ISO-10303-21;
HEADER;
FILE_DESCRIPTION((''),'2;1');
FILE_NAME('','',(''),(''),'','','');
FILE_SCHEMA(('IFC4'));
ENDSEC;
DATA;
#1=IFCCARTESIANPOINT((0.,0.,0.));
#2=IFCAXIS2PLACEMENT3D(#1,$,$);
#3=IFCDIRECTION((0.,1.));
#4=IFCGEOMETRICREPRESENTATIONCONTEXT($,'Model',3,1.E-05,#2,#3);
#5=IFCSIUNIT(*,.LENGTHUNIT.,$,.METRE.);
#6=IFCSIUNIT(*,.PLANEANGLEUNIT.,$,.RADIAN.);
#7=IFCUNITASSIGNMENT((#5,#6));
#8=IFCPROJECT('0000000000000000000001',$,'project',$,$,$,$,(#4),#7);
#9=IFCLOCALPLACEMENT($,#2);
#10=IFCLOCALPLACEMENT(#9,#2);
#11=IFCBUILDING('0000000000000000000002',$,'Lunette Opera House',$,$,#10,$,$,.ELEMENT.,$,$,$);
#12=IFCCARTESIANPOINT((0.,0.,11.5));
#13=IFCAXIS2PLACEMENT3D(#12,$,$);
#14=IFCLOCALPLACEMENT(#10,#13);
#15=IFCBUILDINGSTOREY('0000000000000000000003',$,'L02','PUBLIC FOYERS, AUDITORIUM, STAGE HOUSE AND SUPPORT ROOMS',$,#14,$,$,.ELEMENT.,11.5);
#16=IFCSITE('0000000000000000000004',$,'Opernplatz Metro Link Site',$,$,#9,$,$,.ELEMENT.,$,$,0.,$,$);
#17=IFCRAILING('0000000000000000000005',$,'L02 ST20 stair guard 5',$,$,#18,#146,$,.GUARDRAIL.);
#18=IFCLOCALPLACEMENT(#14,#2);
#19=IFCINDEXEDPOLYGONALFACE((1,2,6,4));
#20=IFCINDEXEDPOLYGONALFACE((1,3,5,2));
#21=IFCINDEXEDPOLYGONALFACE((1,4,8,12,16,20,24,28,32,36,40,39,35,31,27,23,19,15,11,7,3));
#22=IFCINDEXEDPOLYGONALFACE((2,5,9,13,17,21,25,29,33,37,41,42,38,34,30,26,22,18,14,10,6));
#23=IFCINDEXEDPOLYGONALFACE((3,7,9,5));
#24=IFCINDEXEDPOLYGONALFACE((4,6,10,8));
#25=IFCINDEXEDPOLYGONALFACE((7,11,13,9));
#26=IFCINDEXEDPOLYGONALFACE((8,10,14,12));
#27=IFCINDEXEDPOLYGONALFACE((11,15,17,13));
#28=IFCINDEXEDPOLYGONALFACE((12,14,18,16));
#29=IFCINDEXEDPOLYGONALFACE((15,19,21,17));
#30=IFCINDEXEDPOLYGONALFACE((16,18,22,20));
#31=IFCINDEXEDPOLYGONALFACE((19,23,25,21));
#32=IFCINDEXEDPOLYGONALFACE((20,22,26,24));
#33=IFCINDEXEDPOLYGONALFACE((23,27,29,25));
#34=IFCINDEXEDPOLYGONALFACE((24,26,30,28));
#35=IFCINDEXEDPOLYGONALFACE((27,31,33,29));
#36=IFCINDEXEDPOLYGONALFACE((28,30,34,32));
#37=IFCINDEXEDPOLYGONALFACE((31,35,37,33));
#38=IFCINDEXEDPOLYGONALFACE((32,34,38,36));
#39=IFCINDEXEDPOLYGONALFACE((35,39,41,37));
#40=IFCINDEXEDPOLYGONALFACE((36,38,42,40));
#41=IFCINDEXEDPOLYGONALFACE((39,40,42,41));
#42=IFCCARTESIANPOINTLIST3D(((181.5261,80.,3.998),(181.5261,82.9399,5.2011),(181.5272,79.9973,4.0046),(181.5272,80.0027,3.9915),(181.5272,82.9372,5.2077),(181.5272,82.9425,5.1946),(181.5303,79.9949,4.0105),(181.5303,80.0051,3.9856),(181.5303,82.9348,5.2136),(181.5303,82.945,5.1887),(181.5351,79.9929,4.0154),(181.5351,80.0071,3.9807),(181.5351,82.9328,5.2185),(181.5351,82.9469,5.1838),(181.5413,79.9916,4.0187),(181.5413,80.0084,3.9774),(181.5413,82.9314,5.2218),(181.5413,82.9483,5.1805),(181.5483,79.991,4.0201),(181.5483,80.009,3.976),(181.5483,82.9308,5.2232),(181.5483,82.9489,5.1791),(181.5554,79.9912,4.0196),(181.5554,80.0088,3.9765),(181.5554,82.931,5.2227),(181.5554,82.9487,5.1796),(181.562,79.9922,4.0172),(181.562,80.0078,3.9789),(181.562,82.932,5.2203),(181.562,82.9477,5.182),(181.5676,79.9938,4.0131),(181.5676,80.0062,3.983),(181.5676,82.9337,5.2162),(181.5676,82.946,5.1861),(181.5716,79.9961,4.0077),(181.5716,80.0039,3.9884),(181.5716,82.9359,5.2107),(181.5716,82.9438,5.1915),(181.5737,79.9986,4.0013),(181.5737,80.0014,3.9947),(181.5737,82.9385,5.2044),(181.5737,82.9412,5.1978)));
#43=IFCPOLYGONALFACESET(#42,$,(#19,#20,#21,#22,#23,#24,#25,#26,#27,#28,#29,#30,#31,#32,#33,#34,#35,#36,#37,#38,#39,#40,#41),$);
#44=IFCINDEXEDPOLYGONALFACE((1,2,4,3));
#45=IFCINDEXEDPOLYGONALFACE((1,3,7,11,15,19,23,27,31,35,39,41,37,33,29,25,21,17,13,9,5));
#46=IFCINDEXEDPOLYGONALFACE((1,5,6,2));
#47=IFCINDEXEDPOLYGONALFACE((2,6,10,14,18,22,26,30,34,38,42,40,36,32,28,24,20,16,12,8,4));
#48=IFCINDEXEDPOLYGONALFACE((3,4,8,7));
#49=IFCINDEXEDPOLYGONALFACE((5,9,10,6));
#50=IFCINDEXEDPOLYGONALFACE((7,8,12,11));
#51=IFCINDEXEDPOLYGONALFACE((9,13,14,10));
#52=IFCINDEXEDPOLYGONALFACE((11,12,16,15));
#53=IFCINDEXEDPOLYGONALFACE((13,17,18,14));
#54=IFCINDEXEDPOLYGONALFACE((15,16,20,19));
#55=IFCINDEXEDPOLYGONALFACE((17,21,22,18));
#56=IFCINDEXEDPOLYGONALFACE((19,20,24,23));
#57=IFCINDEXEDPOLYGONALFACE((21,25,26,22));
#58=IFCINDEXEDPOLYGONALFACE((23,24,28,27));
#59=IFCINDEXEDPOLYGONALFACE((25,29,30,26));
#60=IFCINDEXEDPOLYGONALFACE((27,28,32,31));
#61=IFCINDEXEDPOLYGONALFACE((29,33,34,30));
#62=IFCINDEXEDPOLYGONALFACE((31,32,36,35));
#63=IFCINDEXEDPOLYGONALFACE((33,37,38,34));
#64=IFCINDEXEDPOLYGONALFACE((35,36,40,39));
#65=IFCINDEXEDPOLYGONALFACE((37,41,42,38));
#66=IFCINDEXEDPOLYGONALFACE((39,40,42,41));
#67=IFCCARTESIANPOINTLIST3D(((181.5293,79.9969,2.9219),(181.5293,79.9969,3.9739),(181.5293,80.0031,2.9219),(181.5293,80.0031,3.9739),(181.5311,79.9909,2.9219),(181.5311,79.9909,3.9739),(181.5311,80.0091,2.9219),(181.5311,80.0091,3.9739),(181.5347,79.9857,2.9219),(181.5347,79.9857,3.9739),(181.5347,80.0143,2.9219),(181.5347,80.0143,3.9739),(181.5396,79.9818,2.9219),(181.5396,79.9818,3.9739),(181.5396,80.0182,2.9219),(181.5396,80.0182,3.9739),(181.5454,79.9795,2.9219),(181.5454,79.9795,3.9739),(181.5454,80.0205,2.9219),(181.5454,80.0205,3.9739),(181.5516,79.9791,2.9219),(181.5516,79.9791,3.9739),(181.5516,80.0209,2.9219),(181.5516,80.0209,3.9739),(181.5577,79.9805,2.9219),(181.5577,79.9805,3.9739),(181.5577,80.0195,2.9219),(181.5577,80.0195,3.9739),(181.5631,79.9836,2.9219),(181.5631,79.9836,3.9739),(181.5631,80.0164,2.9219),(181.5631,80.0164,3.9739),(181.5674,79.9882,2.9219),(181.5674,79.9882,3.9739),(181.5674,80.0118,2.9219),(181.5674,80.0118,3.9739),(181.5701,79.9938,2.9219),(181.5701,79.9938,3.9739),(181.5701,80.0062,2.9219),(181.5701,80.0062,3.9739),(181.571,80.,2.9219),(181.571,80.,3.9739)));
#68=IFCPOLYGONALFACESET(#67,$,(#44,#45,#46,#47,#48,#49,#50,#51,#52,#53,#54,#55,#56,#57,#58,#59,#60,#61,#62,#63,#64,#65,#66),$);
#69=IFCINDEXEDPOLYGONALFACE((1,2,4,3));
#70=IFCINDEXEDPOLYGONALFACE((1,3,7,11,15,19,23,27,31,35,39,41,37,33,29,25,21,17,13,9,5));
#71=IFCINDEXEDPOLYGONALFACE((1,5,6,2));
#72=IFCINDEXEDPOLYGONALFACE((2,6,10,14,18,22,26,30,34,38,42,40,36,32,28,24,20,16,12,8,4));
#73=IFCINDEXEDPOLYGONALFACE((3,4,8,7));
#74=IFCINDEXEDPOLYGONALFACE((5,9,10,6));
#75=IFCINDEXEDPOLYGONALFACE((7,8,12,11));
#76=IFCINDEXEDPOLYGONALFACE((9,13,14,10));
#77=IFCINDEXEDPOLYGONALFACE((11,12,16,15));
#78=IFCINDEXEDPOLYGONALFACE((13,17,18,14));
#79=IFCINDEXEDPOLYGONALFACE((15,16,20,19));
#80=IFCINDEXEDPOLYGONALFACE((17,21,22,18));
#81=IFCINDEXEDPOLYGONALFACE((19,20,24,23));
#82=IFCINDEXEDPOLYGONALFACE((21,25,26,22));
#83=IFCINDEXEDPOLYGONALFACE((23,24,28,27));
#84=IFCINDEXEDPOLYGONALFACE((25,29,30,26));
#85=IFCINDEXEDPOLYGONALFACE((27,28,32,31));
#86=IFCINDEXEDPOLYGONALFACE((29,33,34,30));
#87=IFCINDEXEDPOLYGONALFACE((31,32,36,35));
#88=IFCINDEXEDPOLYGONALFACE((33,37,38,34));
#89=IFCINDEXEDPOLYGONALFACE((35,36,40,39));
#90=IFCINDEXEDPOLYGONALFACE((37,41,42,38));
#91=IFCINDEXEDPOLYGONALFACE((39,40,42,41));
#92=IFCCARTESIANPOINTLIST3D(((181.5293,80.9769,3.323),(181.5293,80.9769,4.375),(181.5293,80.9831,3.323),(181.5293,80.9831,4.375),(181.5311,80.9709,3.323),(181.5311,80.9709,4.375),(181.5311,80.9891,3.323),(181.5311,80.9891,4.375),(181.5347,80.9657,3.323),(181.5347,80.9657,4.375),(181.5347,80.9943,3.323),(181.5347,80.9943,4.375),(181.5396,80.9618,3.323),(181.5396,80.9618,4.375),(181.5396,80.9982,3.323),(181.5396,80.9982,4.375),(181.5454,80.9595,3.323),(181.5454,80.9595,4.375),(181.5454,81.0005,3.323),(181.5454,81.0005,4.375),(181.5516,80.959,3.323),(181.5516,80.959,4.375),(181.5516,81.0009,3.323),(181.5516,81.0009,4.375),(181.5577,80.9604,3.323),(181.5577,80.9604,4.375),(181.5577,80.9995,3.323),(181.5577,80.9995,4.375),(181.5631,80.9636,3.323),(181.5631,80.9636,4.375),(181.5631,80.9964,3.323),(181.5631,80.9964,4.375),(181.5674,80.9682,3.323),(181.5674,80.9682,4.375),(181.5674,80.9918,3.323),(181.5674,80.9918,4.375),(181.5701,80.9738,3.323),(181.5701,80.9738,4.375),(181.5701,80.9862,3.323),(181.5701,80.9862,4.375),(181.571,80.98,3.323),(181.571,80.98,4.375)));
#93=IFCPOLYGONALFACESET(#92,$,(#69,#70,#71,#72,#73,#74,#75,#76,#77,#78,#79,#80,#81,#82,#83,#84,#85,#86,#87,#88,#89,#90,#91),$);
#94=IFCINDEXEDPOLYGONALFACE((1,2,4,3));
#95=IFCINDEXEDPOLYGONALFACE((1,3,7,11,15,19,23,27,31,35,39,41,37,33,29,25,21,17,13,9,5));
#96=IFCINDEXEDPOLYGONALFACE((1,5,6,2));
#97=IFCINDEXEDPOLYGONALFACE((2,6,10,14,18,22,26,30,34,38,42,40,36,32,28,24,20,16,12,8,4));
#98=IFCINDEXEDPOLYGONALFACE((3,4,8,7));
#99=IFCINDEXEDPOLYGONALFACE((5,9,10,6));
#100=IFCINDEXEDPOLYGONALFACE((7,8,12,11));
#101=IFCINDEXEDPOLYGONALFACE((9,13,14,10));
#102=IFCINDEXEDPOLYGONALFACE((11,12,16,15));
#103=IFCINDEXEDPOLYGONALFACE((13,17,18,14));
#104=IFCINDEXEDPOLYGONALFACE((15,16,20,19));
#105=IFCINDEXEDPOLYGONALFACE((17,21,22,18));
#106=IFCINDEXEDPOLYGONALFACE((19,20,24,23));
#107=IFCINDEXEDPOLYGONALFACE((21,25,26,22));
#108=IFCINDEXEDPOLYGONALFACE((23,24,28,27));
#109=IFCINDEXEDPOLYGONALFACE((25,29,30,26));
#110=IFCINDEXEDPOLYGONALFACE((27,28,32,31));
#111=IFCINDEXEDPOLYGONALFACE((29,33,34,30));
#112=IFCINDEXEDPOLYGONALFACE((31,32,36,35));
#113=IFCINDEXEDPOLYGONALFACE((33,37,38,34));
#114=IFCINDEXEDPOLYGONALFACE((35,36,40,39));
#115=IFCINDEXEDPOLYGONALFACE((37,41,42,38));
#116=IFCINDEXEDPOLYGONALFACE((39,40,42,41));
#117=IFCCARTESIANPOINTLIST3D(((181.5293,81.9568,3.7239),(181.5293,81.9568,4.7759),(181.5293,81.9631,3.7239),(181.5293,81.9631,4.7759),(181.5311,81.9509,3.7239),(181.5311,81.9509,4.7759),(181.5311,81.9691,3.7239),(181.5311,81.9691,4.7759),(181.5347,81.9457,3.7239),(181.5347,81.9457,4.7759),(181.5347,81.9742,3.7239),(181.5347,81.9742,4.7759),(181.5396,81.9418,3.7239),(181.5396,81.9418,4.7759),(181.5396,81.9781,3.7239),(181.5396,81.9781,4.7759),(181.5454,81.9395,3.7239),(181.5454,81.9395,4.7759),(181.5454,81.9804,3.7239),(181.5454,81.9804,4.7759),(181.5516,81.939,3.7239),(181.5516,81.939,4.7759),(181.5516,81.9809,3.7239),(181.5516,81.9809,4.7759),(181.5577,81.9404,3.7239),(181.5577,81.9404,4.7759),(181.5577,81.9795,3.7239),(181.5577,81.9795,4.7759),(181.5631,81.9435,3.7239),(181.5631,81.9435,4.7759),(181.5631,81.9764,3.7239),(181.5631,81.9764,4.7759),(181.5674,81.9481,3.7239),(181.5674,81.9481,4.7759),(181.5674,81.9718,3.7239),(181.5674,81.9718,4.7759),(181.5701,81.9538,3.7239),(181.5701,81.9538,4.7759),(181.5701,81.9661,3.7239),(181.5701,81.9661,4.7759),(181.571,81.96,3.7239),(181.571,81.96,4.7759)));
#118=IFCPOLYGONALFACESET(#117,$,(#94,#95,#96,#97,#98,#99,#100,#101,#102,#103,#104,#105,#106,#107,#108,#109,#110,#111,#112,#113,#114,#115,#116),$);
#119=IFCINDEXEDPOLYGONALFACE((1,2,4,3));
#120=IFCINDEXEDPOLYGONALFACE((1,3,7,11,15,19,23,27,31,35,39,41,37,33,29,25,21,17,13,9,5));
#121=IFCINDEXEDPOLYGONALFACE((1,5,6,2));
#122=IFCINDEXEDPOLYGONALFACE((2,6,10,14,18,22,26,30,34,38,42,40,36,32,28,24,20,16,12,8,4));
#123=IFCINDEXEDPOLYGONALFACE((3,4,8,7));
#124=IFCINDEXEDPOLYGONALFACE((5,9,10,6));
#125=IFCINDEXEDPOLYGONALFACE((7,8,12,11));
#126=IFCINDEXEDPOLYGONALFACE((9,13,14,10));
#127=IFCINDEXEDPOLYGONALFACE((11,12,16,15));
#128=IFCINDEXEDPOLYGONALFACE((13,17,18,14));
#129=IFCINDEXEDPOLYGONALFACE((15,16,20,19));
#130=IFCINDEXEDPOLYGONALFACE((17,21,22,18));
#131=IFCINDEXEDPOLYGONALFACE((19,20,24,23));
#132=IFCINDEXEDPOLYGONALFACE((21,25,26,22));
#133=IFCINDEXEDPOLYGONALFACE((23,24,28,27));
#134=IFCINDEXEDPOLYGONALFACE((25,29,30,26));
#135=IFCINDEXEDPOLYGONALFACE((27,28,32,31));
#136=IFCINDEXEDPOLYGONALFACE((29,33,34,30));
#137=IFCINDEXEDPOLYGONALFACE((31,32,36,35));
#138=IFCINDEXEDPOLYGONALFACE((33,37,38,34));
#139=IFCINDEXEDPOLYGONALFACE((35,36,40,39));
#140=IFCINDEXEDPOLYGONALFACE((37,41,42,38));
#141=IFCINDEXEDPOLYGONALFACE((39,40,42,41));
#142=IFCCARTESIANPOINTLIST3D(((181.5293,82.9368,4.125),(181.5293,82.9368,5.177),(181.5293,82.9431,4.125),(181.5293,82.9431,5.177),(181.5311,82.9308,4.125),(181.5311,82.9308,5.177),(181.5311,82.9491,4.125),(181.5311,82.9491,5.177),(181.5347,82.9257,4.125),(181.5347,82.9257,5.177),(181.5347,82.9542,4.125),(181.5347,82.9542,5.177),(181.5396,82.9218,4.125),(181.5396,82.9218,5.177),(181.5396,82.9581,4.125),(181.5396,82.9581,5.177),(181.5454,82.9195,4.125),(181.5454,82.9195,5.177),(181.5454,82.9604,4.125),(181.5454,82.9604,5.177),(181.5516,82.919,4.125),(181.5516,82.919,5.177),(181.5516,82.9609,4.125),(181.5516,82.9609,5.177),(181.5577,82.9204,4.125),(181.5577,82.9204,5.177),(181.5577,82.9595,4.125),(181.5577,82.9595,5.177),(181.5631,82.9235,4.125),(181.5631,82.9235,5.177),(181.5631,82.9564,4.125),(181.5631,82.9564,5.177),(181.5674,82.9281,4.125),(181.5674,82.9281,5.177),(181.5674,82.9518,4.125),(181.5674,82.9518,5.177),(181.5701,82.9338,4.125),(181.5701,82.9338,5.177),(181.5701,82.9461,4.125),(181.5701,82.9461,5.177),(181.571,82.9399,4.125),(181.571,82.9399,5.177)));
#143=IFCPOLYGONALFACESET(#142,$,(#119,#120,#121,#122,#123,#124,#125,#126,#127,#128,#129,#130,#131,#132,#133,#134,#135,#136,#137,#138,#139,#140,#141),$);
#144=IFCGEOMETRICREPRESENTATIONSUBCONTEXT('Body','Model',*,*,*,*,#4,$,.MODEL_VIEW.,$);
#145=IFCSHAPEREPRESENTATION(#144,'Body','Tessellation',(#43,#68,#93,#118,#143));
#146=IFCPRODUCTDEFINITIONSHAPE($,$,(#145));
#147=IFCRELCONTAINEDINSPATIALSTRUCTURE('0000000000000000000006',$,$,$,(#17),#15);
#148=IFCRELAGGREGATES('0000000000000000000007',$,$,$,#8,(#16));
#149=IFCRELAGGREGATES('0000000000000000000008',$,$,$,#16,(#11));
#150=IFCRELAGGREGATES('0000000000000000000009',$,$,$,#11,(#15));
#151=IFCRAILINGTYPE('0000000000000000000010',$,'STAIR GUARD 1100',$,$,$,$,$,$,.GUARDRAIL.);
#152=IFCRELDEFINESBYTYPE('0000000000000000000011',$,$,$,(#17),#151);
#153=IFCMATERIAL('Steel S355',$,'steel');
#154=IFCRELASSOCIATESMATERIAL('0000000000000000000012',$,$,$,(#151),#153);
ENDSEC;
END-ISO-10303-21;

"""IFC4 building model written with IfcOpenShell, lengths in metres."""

from ifc_helpers import new_model, si_unit, direction, frame, origin, origin_2d, place, context, subcontext, project, spatial, circle, extrude, material, type_object, element, save


model = new_model("IFC4")

# Units and contexts
model_context = context("Model", 3, precision=1e-05, world=origin(), true_north=direction((0.0, 1.0)))
body_context = subcontext(model_context, "Body", "Model", "MODEL_VIEW")
ifc_project = project(units=[si_unit("LENGTHUNIT", "METRE"), si_unit("PLANEANGLEUNIT", "RADIAN")], contexts=[model_context])

# Site, building, storey
site_placement = place(None, origin())
site = spatial("IfcSite", under=ifc_project, at=site_placement, Name="Opernplatz Metro Link Site", CompositionType="ELEMENT", RefElevation=0.0)
building_placement = place(site_placement, origin())
building = spatial("IfcBuilding", under=site, at=building_placement, Name="Lunette Opera House", CompositionType="ELEMENT")
storey_placement = place(building_placement, frame((0.0, 0.0, 11.5)))
storey = spatial("IfcBuildingStorey", under=building, at=storey_placement, Name="L02", Description="PUBLIC FOYERS, AUDITORIUM, STAGE HOUSE AND SUPPORT ROOMS", CompositionType="ELEMENT", Elevation=11.5)

# Railing
ifc_material_1 = material(Name="Steel S355", Category="steel")
railing_type_1 = type_object("IfcRailingType", Name="STAIR GUARD 1100", PredefinedType="GUARDRAIL", material=ifc_material_1)
for number, where, name in (
    (1, (181.55, 80.0, 2.9219), "L02 ST20 stair guard 5"),
):
    element("IfcRailing", number, at=place(storey_placement, frame(where)), inside=storey, type_object=railing_type_1, Name=name, PredefinedType="GUARDRAIL", context=body_context, shape_type="SweptSolid", body=[
        extrude(circle(Radius=0.0239, at=origin_2d()), frame((0.0, 0.0, 1.0762), z_axis=(0.0, 0.9255, 0.378747), x_axis=(-1.0, 0.0, 0.0)), (0.0, 0.0, 1.0), 3.1765),
        extrude(circle(Radius=0.021, at=origin_2d()), origin(), (0.0, 0.0, 1.0), 1.052),
        extrude(circle(Radius=0.021, at=origin_2d()), frame((0.0, 0.98, 0.4011)), (0.0, 0.0, 1.0), 1.052),
        extrude(circle(Radius=0.021, at=origin_2d()), frame((0.0, 1.96, 0.802)), (0.0, 0.0, 1.0), 1.052),
        extrude(circle(Radius=0.021, at=origin_2d()), frame((0.0, 2.9399, 1.2031)), (0.0, 0.0, 1.0), 1.052),
    ])

save(model, "model.ifc")
